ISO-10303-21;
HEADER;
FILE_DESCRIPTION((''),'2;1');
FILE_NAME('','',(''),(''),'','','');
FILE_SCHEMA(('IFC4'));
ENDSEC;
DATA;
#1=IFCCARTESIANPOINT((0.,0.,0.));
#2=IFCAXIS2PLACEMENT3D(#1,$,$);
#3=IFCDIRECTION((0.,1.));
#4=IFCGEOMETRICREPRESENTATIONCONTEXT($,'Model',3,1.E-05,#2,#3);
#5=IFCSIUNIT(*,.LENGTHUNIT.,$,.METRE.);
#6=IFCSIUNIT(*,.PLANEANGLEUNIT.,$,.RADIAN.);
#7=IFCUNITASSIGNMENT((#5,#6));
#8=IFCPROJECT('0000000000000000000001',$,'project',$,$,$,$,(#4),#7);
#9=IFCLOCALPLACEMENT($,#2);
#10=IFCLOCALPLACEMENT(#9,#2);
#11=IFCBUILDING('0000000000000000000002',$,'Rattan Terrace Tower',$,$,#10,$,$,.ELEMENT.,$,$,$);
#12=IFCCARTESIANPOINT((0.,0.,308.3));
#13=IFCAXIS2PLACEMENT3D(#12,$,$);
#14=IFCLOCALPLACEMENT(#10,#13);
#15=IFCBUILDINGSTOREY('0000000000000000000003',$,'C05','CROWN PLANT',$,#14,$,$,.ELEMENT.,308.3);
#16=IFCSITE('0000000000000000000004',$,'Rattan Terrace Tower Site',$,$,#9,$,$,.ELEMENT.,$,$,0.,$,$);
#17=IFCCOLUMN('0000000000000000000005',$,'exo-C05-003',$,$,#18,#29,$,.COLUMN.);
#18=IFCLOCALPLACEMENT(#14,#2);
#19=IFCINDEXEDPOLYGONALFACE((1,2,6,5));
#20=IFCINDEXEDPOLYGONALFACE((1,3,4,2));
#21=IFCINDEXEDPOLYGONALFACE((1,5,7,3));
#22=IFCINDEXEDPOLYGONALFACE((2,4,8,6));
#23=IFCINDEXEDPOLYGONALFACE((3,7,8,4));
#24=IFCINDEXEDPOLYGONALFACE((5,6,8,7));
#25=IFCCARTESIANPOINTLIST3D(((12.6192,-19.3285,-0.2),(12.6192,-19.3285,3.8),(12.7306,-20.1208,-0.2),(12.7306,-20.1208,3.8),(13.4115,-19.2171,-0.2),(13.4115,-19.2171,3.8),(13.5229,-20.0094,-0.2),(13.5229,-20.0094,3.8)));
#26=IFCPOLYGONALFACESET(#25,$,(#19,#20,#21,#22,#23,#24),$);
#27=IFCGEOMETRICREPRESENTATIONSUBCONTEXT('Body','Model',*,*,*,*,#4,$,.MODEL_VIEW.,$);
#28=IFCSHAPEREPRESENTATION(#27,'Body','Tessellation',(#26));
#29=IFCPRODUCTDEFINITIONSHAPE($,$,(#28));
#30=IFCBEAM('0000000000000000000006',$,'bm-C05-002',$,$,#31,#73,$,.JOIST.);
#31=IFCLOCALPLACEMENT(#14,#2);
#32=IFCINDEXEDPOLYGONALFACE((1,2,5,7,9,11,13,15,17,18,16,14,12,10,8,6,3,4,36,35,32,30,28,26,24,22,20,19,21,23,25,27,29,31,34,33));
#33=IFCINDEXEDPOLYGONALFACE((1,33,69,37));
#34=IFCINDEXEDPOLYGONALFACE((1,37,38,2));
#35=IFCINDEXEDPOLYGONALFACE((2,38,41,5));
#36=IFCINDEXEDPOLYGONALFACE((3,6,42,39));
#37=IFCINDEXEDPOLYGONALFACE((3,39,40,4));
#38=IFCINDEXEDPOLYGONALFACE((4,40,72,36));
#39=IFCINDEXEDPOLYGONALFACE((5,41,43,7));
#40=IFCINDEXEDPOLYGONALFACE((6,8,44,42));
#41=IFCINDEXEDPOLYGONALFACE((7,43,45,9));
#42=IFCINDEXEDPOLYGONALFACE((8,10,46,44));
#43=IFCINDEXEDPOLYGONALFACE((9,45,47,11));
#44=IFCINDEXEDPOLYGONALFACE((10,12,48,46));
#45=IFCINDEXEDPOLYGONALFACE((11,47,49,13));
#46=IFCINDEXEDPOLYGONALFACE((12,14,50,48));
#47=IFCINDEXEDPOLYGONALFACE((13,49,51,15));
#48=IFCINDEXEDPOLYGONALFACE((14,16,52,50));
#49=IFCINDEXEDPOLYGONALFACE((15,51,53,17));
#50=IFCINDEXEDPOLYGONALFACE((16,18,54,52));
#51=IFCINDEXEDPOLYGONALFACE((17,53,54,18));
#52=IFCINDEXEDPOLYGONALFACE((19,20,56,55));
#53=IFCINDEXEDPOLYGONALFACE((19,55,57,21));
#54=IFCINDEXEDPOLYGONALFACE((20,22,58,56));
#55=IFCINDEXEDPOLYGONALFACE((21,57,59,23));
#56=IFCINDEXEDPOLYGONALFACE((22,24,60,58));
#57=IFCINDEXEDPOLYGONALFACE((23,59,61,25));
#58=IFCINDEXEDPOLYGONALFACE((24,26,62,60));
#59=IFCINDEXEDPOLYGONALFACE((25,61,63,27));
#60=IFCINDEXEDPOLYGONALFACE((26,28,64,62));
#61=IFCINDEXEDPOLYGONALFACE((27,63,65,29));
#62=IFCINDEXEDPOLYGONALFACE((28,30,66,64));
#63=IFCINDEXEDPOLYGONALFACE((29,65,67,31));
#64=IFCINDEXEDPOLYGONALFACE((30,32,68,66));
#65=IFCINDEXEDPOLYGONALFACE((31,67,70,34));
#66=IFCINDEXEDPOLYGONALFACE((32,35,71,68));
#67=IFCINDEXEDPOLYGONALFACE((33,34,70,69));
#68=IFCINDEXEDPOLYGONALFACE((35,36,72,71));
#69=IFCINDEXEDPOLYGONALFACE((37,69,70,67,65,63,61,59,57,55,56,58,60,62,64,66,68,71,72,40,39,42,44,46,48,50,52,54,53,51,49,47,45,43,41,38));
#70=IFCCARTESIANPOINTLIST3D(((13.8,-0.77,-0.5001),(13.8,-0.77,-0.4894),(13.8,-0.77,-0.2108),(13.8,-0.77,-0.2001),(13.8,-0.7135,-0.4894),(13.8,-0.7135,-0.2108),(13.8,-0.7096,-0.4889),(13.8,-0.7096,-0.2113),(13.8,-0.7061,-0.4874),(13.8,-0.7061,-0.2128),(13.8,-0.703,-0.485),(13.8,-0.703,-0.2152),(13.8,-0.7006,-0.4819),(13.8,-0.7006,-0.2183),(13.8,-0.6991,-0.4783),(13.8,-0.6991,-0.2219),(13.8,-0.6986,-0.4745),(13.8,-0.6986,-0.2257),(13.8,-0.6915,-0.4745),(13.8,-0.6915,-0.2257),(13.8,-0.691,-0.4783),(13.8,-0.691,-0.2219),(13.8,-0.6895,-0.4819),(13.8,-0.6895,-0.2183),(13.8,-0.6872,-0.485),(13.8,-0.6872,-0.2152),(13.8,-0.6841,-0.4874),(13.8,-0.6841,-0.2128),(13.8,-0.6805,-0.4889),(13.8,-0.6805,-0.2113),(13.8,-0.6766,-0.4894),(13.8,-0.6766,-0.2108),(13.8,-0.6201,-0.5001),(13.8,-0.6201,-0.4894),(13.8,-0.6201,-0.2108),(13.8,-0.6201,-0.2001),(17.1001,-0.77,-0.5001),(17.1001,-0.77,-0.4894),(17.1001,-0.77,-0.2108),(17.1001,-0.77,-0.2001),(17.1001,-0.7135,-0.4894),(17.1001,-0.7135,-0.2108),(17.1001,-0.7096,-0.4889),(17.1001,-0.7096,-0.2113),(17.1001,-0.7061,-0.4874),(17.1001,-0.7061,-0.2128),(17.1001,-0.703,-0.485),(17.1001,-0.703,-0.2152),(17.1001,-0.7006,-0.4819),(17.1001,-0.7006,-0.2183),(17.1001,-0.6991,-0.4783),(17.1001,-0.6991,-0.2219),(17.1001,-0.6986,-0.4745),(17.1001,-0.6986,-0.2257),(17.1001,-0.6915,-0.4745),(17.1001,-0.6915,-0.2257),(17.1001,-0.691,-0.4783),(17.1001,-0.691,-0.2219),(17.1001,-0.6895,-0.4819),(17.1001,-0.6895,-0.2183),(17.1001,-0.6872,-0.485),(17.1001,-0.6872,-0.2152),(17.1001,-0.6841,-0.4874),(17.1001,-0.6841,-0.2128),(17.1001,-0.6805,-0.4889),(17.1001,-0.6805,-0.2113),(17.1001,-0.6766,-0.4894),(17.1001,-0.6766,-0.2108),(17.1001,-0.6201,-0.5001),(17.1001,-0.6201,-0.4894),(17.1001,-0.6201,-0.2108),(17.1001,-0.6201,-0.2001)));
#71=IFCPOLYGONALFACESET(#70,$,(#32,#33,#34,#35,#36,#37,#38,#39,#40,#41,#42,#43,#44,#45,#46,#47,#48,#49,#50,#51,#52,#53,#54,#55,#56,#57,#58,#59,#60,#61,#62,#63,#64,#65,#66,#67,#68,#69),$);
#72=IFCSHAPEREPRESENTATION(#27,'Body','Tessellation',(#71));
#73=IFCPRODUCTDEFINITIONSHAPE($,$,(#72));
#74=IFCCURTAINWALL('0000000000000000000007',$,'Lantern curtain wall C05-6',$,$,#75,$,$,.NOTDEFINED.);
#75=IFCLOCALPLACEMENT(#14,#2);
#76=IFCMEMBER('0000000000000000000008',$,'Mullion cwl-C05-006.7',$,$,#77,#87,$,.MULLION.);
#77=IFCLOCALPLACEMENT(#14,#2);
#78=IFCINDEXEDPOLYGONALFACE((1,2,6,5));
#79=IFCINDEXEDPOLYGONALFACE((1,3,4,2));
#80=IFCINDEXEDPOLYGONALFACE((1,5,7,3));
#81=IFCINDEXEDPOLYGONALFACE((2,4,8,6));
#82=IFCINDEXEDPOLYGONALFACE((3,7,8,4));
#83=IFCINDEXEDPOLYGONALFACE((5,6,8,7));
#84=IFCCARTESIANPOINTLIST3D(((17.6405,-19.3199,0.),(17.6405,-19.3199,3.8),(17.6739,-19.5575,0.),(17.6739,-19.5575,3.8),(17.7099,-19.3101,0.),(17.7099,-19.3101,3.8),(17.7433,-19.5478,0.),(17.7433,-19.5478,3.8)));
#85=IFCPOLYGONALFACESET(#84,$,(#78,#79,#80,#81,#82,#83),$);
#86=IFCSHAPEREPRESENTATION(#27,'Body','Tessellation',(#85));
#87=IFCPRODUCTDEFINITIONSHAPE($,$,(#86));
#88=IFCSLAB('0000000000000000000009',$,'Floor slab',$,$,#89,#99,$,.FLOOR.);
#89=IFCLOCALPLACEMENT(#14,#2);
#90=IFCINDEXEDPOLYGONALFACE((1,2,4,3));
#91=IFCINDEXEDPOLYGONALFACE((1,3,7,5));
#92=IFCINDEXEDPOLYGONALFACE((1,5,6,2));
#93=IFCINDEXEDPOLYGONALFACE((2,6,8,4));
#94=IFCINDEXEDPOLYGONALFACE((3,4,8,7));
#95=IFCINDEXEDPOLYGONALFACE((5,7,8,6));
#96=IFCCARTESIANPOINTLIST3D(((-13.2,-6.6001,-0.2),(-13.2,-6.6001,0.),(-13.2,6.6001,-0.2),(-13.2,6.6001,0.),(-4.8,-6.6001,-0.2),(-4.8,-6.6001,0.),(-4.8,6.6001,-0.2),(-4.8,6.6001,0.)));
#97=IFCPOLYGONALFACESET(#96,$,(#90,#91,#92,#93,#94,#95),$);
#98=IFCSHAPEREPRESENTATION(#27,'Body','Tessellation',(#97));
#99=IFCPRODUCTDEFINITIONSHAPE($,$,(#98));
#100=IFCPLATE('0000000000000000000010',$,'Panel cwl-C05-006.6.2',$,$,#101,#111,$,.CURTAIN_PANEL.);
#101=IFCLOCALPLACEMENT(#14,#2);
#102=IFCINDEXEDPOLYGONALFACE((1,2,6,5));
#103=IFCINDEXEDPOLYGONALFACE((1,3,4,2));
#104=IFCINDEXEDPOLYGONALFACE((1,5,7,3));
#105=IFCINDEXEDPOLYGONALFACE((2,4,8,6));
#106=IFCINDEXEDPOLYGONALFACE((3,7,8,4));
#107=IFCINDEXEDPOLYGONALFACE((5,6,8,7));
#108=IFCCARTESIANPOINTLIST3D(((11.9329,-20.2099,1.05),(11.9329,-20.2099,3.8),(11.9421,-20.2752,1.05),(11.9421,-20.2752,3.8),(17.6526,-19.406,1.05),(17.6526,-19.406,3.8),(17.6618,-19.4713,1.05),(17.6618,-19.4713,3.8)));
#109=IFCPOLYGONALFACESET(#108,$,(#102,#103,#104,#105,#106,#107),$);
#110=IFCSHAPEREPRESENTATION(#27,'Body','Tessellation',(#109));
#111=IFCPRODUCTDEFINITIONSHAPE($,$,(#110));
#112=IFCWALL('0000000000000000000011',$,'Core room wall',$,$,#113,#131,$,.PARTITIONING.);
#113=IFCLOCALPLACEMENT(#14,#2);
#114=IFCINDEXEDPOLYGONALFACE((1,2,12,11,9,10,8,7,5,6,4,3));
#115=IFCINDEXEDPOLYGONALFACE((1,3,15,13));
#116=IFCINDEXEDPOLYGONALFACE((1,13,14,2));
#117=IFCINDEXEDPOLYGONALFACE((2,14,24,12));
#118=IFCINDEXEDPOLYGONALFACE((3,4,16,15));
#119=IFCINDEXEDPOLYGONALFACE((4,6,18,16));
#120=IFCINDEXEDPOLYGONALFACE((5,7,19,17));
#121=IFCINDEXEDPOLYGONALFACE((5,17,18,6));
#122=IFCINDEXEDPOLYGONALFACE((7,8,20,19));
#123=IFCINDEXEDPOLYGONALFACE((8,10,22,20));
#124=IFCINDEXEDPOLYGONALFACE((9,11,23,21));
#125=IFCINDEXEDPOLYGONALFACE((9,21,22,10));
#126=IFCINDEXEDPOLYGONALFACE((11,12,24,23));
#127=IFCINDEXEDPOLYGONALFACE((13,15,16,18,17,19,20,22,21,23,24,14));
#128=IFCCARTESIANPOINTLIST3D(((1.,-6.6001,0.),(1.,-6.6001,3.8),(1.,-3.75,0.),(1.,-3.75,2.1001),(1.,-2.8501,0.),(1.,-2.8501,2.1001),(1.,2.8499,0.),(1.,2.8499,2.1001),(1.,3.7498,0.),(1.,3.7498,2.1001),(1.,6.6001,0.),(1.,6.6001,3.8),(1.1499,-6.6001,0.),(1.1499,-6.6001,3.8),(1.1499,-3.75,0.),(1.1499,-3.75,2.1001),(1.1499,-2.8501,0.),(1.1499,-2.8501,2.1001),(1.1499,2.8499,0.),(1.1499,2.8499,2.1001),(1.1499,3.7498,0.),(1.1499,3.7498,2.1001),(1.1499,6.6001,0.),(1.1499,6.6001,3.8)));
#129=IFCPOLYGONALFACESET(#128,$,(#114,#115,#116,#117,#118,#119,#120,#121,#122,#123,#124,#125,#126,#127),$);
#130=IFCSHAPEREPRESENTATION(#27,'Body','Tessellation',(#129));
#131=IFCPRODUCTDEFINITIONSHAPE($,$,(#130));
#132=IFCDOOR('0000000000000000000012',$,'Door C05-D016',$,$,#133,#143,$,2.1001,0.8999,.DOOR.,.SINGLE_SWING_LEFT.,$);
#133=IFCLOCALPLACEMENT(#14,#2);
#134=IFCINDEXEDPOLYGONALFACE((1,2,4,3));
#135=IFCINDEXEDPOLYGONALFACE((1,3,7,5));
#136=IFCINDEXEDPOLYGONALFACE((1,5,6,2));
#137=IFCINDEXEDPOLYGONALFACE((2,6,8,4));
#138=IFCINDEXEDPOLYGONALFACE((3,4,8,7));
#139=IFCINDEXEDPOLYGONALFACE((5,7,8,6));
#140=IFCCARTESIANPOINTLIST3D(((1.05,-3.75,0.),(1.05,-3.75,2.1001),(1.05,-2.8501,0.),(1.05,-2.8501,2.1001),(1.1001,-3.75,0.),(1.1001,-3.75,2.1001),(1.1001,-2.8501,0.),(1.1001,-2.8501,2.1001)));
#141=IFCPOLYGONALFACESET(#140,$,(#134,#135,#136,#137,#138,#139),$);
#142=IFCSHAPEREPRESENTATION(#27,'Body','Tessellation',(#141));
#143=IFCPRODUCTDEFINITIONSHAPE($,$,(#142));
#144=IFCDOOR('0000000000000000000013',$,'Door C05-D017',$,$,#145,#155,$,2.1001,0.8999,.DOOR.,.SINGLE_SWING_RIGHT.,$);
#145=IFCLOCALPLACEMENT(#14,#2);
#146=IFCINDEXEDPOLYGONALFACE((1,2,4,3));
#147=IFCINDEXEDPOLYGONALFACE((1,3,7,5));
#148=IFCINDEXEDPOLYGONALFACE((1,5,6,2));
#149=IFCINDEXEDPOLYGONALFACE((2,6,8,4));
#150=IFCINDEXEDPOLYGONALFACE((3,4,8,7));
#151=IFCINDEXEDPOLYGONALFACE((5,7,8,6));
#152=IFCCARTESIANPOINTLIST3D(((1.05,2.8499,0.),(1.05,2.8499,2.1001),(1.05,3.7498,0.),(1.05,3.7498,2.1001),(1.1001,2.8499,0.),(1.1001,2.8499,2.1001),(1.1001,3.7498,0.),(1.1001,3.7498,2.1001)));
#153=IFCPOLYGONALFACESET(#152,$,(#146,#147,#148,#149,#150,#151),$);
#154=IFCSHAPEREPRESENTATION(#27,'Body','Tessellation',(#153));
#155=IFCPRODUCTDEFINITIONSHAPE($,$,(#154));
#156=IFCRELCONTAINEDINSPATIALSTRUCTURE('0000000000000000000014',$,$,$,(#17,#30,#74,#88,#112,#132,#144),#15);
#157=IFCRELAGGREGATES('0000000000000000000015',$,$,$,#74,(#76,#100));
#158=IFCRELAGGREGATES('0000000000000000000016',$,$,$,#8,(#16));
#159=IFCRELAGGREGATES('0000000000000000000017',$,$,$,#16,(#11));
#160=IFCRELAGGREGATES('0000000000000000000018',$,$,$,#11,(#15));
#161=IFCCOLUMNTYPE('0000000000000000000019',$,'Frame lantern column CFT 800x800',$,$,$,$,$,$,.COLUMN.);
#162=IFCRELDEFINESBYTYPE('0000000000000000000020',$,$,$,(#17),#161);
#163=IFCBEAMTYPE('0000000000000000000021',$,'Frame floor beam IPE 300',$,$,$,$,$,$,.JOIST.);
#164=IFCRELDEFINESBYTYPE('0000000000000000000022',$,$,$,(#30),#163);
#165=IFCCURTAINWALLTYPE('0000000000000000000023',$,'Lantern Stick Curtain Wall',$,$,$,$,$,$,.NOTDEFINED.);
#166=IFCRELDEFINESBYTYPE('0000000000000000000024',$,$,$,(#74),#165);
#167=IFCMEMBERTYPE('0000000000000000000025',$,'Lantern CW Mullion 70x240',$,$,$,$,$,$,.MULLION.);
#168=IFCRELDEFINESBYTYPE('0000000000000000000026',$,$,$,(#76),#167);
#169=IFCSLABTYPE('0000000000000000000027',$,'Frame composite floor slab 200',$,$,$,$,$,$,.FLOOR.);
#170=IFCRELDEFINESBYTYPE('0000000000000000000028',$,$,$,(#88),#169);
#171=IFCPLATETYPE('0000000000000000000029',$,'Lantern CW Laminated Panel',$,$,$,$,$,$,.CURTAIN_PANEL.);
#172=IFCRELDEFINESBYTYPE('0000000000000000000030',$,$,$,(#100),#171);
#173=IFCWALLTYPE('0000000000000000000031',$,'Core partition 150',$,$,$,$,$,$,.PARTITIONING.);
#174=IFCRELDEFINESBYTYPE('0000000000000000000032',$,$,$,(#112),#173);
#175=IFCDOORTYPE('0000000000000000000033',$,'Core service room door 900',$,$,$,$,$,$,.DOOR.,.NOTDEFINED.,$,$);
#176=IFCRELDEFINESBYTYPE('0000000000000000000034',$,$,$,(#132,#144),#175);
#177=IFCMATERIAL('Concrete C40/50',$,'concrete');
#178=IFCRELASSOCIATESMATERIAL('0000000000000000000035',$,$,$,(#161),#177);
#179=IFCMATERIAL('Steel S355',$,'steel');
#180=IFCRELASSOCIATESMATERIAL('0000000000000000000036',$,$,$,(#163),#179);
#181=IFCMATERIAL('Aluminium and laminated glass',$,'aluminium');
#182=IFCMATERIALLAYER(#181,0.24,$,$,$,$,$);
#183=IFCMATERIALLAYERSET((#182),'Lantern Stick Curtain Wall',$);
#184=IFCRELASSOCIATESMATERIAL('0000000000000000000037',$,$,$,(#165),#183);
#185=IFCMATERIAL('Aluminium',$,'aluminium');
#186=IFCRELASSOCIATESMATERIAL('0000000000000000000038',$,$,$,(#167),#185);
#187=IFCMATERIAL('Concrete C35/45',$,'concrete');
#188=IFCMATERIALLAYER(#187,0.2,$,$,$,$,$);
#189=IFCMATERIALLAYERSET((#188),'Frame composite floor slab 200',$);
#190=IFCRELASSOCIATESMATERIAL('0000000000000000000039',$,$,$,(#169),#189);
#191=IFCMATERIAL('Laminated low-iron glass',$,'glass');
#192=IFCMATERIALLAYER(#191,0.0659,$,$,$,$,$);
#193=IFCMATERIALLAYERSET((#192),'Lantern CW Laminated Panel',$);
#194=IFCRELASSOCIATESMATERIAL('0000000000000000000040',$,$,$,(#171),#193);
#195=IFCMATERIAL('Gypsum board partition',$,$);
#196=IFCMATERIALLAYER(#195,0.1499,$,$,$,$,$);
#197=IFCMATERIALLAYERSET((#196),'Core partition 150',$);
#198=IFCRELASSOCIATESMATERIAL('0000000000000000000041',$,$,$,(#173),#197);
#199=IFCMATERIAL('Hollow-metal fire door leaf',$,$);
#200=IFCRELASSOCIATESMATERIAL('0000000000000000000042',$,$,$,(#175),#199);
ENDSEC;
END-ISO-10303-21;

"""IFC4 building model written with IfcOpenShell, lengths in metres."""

from ifc_helpers import new_model, si_unit, direction, frame, frame_2d, origin, origin_2d, place, context, subcontext, project, spatial, polyline, rectangle, i_section, outline, extrude, material, layer, layer_set, material_profile, profile_set, type_object, element, fill, aggregate, save


model = new_model("IFC4")

# Units and contexts
model_context = context("Model", 3, precision=1e-05, world=origin(), true_north=direction((0.0, 1.0)))
body_context = subcontext(model_context, "Body", "Model", "MODEL_VIEW")
ifc_project = project(units=[si_unit("LENGTHUNIT", "METRE"), si_unit("PLANEANGLEUNIT", "RADIAN")], contexts=[model_context])

# Site, building, storey
site_placement = place(None, origin())
site = spatial("IfcSite", under=ifc_project, at=site_placement, Name="Rattan Terrace Tower Site", CompositionType="ELEMENT", RefElevation=0.0)
building_placement = place(site_placement, origin())
building = spatial("IfcBuilding", under=site, at=building_placement, Name="Rattan Terrace Tower", CompositionType="ELEMENT")
storey_placement = place(building_placement, frame((0.0, 0.0, 308.3)))
storey = spatial("IfcBuildingStorey", under=building, at=storey_placement, Name="C05", Description="CROWN PLANT", CompositionType="ELEMENT", Elevation=308.3)

# Column
ifc_material_1 = material(Name="Concrete C40/50", Category="concrete")
ifc_material_profile_1 = material_profile(ifc_material_1, rectangle(XDim=0.8, YDim=0.8, at=origin_2d()), Name="CFT 800x800")
ifc_profile_set_1 = profile_set([ifc_material_profile_1], Name="Concrete C40/50")
column_type = type_object("IfcColumnType", Name="Frame lantern column CFT 800x800", PredefinedType="COLUMN", material=ifc_profile_set_1)
column_placement = place(storey_placement, frame((13.071, -19.6689, -0.2), z_axis=(0.0, 0.0, 1.0), x_axis=(0.990266, 0.13919, 0.0)))
element("IfcColumn", 1, at=column_placement, inside=storey, type_object=column_type, Name="exo-C05-003", PredefinedType="COLUMN", context=body_context, shape_type="SweptSolid", body=[
    extrude(rectangle(XDim=0.8, YDim=0.8, at=origin_2d()), origin(), (0.0, 0.0, 1.0), 4.0),
])

# Beam
ifc_material_2 = material(Name="Steel S355", Category="steel")
ifc_material_profile_2 = material_profile(ifc_material_2, i_section(OverallWidth=0.1499, OverallDepth=0.3, WebThickness=0.0071, FlangeThickness=0.0107, FilletRadius=0.0149, at=origin_2d()), Name="IPE 300")
ifc_profile_set_2 = profile_set([ifc_material_profile_2], Name="Steel S355")
beam_type = type_object("IfcBeamType", Name="Frame floor beam IPE 300", PredefinedType="JOIST", material=ifc_profile_set_2)
beam_placement = place(storey_placement, frame((13.8, -0.6951, -0.3501), z_axis=(1.0, 0.0, 0.0), x_axis=(0.0, 1.0, 0.0)))
element("IfcBeam", 2, at=beam_placement, inside=storey, type_object=beam_type, Name="bm-C05-002", PredefinedType="JOIST", context=body_context, shape_type="SweptSolid", body=[
    extrude(i_section(OverallWidth=0.1499, OverallDepth=0.3, WebThickness=0.0071, FlangeThickness=0.0107, FilletRadius=0.0149, at=origin_2d()), origin(), (0.0, 0.0, 1.0), 3.3),
])

# Curtain wall, member
ifc_material_3 = material(Name="Aluminium and laminated glass", Category="aluminium")
ifc_layer_1 = layer(ifc_material_3, 0.24)
ifc_layer_set_1 = layer_set([ifc_layer_1], Name="Lantern Stick Curtain Wall")
curtain_wall_type = type_object("IfcCurtainWallType", Name="Lantern Stick Curtain Wall", PredefinedType="NOTDEFINED", material=ifc_layer_set_1)
curtain_wall_placement = place(storey_placement, origin())
curtain_wall = element("IfcCurtainWall", 3, at=curtain_wall_placement, inside=storey, type_object=curtain_wall_type, Name="Lantern curtain wall C05-6", PredefinedType="NOTDEFINED")
ifc_material_4 = material(Name="Aluminium", Category="aluminium")
ifc_material_profile_3 = material_profile(ifc_material_4, rectangle(XDim=0.0701, YDim=0.24, at=origin_2d()), Name="Aluminium 70x240")
ifc_profile_set_3 = profile_set([ifc_material_profile_3], Name="Aluminium")
member_type = type_object("IfcMemberType", Name="Lantern CW Mullion 70x240", PredefinedType="MULLION", material=ifc_profile_set_3)
member_placement = place(storey_placement, frame((17.6919, -19.4338, 0.0), z_axis=(0.0, 0.0, 1.0), x_axis=(0.990267, 0.139181, 0.0)))
member = element("IfcMember", 4, at=member_placement, type_object=member_type, Name="Mullion cwl-C05-006.7", PredefinedType="MULLION", context=body_context, shape_type="SweptSolid", body=[
    extrude(rectangle(XDim=0.0701, YDim=0.24, at=origin_2d()), origin(), (0.0, 0.0, 1.0), 3.8),
])

# Slab
ifc_material_5 = material(Name="Concrete C35/45", Category="concrete")
ifc_layer_2 = layer(ifc_material_5, 0.2)
ifc_layer_set_2 = layer_set([ifc_layer_2], Name="Frame composite floor slab 200")
slab_type = type_object("IfcSlabType", Name="Frame composite floor slab 200", PredefinedType="FLOOR", material=ifc_layer_set_2)
slab_placement = place(storey_placement, frame((0.0, 0.0, -0.2)))
element("IfcSlab", 5, at=slab_placement, inside=storey, type_object=slab_type, Name="Floor slab", PredefinedType="FLOOR", context=body_context, shape_type="SweptSolid", body=[
    extrude(outline(polyline([(-13.2, 6.6001), (-13.2, -6.6001), (-4.8, -6.6001), (-4.8, 6.6001), (-13.2, 6.6001)])), origin(), (0.0, 0.0, 1.0), 0.2),
])

# Plate
ifc_material_6 = material(Name="Laminated low-iron glass", Category="glass")
ifc_layer_3 = layer(ifc_material_6, 0.0659)
ifc_layer_set_3 = layer_set([ifc_layer_3], Name="Lantern CW Laminated Panel")
plate_type = type_object("IfcPlateType", Name="Lantern CW Laminated Panel", PredefinedType="CURTAIN_PANEL", material=ifc_layer_set_3)
plate_placement = place(storey_placement, frame((14.7974, -19.8406, 1.05), z_axis=(0.0, 0.0, 1.0), x_axis=(0.990267, 0.139181, 0.0)))
plate = element("IfcPlate", 6, at=plate_placement, type_object=plate_type, Name="Panel cwl-C05-006.6.2", PredefinedType="CURTAIN_PANEL", context=body_context, shape_type="SweptSolid", body=[
    extrude(rectangle(XDim=5.7759, YDim=0.0659, at=origin_2d()), origin(), (0.0, 0.0, 1.0), 2.75),
])
aggregate(curtain_wall, [member, plate])

# Wall, openings, doors
ifc_material_7 = material(Name="Gypsum board partition")
ifc_layer_4 = layer(ifc_material_7, 0.1499)
ifc_layer_set_4 = layer_set([ifc_layer_4], Name="Core partition 150")
wall_type_1 = type_object("IfcWallType", Name="Core partition 150", PredefinedType="PARTITIONING", material=ifc_layer_set_4)
wall_1_placement = place(storey_placement, frame((1.075, -6.6001, 0.0), z_axis=(0.0, 0.0, 1.0), x_axis=(0.0, 1.0, 0.0)))
wall_1 = element("IfcWall", 7, at=wall_1_placement, inside=storey, type_object=wall_type_1, Name="Core room wall", PredefinedType="PARTITIONING", context=body_context, shape_type="SweptSolid", body=[
    extrude(rectangle(XDim=13.2002, YDim=0.1499, at=frame_2d((6.6001, 0.0))), origin(), (0.0, 0.0, 1.0), 3.8),
])
opening_1_placement = place(wall_1_placement, frame((2.8501, 0.0, 0.0)))
opening_1 = element("IfcOpeningElement", 8, at=opening_1_placement, cuts=wall_1, PredefinedType="OPENING", context=body_context, shape_type="SweptSolid", body=[
    extrude(rectangle(XDim=0.8999, YDim=2.1001, at=frame_2d((0.45, 1.05))), frame((0.0, 0.0854, 0.0), z_axis=(0.0, -1.0, 0.0), x_axis=(1.0, 0.0, 0.0)), (0.0, 0.0, 1.0), 0.1709),
])
opening_2_placement = place(wall_1_placement, frame((9.45, 0.0, 0.0)))
opening_2 = element("IfcOpeningElement", 9, at=opening_2_placement, cuts=wall_1, PredefinedType="OPENING", context=body_context, shape_type="SweptSolid", body=[
    extrude(rectangle(XDim=0.8999, YDim=2.1001, at=frame_2d((0.45, 1.05))), frame((0.0, 0.0854, 0.0), z_axis=(0.0, -1.0, 0.0), x_axis=(1.0, 0.0, 0.0)), (0.0, 0.0, 1.0), 0.1709),
])
ifc_material_8 = material(Name="Hollow-metal fire door leaf")
door_type_1 = type_object("IfcDoorType", Name="Core service room door 900", OperationType="NOTDEFINED", PredefinedType="DOOR", material=ifc_material_8)
door_1_placement = place(opening_1_placement, origin())
door_1 = element("IfcDoor", 10, at=door_1_placement, inside=storey, type_object=door_type_1, Name="Door C05-D016", OperationType="SINGLE_SWING_LEFT", OverallHeight=2.1001, OverallWidth=0.8999, PredefinedType="DOOR", context=body_context, shape_type="SweptSolid", body=[
    extrude(rectangle(XDim=0.8999, YDim=2.1001, at=frame_2d((0.45, 1.05))), frame((0.0, 0.0249, 0.0), z_axis=(0.0, -1.0, 0.0), x_axis=(1.0, 0.0, 0.0)), (0.0, 0.0, 1.0), 0.05),
])
fill(opening_1, door_1)
door_2_placement = place(opening_2_placement, origin())
door_2 = element("IfcDoor", 11, at=door_2_placement, inside=storey, type_object=door_type_1, Name="Door C05-D017", OperationType="SINGLE_SWING_RIGHT", OverallHeight=2.1001, OverallWidth=0.8999, PredefinedType="DOOR", context=body_context, shape_type="SweptSolid", body=[
    extrude(rectangle(XDim=0.8999, YDim=2.1001, at=frame_2d((0.45, 1.05))), frame((0.0, 0.0249, 0.0), z_axis=(0.0, -1.0, 0.0), x_axis=(1.0, 0.0, 0.0)), (0.0, 0.0, 1.0), 0.05),
])
fill(opening_2, door_2)

save(model, "model.ifc")
